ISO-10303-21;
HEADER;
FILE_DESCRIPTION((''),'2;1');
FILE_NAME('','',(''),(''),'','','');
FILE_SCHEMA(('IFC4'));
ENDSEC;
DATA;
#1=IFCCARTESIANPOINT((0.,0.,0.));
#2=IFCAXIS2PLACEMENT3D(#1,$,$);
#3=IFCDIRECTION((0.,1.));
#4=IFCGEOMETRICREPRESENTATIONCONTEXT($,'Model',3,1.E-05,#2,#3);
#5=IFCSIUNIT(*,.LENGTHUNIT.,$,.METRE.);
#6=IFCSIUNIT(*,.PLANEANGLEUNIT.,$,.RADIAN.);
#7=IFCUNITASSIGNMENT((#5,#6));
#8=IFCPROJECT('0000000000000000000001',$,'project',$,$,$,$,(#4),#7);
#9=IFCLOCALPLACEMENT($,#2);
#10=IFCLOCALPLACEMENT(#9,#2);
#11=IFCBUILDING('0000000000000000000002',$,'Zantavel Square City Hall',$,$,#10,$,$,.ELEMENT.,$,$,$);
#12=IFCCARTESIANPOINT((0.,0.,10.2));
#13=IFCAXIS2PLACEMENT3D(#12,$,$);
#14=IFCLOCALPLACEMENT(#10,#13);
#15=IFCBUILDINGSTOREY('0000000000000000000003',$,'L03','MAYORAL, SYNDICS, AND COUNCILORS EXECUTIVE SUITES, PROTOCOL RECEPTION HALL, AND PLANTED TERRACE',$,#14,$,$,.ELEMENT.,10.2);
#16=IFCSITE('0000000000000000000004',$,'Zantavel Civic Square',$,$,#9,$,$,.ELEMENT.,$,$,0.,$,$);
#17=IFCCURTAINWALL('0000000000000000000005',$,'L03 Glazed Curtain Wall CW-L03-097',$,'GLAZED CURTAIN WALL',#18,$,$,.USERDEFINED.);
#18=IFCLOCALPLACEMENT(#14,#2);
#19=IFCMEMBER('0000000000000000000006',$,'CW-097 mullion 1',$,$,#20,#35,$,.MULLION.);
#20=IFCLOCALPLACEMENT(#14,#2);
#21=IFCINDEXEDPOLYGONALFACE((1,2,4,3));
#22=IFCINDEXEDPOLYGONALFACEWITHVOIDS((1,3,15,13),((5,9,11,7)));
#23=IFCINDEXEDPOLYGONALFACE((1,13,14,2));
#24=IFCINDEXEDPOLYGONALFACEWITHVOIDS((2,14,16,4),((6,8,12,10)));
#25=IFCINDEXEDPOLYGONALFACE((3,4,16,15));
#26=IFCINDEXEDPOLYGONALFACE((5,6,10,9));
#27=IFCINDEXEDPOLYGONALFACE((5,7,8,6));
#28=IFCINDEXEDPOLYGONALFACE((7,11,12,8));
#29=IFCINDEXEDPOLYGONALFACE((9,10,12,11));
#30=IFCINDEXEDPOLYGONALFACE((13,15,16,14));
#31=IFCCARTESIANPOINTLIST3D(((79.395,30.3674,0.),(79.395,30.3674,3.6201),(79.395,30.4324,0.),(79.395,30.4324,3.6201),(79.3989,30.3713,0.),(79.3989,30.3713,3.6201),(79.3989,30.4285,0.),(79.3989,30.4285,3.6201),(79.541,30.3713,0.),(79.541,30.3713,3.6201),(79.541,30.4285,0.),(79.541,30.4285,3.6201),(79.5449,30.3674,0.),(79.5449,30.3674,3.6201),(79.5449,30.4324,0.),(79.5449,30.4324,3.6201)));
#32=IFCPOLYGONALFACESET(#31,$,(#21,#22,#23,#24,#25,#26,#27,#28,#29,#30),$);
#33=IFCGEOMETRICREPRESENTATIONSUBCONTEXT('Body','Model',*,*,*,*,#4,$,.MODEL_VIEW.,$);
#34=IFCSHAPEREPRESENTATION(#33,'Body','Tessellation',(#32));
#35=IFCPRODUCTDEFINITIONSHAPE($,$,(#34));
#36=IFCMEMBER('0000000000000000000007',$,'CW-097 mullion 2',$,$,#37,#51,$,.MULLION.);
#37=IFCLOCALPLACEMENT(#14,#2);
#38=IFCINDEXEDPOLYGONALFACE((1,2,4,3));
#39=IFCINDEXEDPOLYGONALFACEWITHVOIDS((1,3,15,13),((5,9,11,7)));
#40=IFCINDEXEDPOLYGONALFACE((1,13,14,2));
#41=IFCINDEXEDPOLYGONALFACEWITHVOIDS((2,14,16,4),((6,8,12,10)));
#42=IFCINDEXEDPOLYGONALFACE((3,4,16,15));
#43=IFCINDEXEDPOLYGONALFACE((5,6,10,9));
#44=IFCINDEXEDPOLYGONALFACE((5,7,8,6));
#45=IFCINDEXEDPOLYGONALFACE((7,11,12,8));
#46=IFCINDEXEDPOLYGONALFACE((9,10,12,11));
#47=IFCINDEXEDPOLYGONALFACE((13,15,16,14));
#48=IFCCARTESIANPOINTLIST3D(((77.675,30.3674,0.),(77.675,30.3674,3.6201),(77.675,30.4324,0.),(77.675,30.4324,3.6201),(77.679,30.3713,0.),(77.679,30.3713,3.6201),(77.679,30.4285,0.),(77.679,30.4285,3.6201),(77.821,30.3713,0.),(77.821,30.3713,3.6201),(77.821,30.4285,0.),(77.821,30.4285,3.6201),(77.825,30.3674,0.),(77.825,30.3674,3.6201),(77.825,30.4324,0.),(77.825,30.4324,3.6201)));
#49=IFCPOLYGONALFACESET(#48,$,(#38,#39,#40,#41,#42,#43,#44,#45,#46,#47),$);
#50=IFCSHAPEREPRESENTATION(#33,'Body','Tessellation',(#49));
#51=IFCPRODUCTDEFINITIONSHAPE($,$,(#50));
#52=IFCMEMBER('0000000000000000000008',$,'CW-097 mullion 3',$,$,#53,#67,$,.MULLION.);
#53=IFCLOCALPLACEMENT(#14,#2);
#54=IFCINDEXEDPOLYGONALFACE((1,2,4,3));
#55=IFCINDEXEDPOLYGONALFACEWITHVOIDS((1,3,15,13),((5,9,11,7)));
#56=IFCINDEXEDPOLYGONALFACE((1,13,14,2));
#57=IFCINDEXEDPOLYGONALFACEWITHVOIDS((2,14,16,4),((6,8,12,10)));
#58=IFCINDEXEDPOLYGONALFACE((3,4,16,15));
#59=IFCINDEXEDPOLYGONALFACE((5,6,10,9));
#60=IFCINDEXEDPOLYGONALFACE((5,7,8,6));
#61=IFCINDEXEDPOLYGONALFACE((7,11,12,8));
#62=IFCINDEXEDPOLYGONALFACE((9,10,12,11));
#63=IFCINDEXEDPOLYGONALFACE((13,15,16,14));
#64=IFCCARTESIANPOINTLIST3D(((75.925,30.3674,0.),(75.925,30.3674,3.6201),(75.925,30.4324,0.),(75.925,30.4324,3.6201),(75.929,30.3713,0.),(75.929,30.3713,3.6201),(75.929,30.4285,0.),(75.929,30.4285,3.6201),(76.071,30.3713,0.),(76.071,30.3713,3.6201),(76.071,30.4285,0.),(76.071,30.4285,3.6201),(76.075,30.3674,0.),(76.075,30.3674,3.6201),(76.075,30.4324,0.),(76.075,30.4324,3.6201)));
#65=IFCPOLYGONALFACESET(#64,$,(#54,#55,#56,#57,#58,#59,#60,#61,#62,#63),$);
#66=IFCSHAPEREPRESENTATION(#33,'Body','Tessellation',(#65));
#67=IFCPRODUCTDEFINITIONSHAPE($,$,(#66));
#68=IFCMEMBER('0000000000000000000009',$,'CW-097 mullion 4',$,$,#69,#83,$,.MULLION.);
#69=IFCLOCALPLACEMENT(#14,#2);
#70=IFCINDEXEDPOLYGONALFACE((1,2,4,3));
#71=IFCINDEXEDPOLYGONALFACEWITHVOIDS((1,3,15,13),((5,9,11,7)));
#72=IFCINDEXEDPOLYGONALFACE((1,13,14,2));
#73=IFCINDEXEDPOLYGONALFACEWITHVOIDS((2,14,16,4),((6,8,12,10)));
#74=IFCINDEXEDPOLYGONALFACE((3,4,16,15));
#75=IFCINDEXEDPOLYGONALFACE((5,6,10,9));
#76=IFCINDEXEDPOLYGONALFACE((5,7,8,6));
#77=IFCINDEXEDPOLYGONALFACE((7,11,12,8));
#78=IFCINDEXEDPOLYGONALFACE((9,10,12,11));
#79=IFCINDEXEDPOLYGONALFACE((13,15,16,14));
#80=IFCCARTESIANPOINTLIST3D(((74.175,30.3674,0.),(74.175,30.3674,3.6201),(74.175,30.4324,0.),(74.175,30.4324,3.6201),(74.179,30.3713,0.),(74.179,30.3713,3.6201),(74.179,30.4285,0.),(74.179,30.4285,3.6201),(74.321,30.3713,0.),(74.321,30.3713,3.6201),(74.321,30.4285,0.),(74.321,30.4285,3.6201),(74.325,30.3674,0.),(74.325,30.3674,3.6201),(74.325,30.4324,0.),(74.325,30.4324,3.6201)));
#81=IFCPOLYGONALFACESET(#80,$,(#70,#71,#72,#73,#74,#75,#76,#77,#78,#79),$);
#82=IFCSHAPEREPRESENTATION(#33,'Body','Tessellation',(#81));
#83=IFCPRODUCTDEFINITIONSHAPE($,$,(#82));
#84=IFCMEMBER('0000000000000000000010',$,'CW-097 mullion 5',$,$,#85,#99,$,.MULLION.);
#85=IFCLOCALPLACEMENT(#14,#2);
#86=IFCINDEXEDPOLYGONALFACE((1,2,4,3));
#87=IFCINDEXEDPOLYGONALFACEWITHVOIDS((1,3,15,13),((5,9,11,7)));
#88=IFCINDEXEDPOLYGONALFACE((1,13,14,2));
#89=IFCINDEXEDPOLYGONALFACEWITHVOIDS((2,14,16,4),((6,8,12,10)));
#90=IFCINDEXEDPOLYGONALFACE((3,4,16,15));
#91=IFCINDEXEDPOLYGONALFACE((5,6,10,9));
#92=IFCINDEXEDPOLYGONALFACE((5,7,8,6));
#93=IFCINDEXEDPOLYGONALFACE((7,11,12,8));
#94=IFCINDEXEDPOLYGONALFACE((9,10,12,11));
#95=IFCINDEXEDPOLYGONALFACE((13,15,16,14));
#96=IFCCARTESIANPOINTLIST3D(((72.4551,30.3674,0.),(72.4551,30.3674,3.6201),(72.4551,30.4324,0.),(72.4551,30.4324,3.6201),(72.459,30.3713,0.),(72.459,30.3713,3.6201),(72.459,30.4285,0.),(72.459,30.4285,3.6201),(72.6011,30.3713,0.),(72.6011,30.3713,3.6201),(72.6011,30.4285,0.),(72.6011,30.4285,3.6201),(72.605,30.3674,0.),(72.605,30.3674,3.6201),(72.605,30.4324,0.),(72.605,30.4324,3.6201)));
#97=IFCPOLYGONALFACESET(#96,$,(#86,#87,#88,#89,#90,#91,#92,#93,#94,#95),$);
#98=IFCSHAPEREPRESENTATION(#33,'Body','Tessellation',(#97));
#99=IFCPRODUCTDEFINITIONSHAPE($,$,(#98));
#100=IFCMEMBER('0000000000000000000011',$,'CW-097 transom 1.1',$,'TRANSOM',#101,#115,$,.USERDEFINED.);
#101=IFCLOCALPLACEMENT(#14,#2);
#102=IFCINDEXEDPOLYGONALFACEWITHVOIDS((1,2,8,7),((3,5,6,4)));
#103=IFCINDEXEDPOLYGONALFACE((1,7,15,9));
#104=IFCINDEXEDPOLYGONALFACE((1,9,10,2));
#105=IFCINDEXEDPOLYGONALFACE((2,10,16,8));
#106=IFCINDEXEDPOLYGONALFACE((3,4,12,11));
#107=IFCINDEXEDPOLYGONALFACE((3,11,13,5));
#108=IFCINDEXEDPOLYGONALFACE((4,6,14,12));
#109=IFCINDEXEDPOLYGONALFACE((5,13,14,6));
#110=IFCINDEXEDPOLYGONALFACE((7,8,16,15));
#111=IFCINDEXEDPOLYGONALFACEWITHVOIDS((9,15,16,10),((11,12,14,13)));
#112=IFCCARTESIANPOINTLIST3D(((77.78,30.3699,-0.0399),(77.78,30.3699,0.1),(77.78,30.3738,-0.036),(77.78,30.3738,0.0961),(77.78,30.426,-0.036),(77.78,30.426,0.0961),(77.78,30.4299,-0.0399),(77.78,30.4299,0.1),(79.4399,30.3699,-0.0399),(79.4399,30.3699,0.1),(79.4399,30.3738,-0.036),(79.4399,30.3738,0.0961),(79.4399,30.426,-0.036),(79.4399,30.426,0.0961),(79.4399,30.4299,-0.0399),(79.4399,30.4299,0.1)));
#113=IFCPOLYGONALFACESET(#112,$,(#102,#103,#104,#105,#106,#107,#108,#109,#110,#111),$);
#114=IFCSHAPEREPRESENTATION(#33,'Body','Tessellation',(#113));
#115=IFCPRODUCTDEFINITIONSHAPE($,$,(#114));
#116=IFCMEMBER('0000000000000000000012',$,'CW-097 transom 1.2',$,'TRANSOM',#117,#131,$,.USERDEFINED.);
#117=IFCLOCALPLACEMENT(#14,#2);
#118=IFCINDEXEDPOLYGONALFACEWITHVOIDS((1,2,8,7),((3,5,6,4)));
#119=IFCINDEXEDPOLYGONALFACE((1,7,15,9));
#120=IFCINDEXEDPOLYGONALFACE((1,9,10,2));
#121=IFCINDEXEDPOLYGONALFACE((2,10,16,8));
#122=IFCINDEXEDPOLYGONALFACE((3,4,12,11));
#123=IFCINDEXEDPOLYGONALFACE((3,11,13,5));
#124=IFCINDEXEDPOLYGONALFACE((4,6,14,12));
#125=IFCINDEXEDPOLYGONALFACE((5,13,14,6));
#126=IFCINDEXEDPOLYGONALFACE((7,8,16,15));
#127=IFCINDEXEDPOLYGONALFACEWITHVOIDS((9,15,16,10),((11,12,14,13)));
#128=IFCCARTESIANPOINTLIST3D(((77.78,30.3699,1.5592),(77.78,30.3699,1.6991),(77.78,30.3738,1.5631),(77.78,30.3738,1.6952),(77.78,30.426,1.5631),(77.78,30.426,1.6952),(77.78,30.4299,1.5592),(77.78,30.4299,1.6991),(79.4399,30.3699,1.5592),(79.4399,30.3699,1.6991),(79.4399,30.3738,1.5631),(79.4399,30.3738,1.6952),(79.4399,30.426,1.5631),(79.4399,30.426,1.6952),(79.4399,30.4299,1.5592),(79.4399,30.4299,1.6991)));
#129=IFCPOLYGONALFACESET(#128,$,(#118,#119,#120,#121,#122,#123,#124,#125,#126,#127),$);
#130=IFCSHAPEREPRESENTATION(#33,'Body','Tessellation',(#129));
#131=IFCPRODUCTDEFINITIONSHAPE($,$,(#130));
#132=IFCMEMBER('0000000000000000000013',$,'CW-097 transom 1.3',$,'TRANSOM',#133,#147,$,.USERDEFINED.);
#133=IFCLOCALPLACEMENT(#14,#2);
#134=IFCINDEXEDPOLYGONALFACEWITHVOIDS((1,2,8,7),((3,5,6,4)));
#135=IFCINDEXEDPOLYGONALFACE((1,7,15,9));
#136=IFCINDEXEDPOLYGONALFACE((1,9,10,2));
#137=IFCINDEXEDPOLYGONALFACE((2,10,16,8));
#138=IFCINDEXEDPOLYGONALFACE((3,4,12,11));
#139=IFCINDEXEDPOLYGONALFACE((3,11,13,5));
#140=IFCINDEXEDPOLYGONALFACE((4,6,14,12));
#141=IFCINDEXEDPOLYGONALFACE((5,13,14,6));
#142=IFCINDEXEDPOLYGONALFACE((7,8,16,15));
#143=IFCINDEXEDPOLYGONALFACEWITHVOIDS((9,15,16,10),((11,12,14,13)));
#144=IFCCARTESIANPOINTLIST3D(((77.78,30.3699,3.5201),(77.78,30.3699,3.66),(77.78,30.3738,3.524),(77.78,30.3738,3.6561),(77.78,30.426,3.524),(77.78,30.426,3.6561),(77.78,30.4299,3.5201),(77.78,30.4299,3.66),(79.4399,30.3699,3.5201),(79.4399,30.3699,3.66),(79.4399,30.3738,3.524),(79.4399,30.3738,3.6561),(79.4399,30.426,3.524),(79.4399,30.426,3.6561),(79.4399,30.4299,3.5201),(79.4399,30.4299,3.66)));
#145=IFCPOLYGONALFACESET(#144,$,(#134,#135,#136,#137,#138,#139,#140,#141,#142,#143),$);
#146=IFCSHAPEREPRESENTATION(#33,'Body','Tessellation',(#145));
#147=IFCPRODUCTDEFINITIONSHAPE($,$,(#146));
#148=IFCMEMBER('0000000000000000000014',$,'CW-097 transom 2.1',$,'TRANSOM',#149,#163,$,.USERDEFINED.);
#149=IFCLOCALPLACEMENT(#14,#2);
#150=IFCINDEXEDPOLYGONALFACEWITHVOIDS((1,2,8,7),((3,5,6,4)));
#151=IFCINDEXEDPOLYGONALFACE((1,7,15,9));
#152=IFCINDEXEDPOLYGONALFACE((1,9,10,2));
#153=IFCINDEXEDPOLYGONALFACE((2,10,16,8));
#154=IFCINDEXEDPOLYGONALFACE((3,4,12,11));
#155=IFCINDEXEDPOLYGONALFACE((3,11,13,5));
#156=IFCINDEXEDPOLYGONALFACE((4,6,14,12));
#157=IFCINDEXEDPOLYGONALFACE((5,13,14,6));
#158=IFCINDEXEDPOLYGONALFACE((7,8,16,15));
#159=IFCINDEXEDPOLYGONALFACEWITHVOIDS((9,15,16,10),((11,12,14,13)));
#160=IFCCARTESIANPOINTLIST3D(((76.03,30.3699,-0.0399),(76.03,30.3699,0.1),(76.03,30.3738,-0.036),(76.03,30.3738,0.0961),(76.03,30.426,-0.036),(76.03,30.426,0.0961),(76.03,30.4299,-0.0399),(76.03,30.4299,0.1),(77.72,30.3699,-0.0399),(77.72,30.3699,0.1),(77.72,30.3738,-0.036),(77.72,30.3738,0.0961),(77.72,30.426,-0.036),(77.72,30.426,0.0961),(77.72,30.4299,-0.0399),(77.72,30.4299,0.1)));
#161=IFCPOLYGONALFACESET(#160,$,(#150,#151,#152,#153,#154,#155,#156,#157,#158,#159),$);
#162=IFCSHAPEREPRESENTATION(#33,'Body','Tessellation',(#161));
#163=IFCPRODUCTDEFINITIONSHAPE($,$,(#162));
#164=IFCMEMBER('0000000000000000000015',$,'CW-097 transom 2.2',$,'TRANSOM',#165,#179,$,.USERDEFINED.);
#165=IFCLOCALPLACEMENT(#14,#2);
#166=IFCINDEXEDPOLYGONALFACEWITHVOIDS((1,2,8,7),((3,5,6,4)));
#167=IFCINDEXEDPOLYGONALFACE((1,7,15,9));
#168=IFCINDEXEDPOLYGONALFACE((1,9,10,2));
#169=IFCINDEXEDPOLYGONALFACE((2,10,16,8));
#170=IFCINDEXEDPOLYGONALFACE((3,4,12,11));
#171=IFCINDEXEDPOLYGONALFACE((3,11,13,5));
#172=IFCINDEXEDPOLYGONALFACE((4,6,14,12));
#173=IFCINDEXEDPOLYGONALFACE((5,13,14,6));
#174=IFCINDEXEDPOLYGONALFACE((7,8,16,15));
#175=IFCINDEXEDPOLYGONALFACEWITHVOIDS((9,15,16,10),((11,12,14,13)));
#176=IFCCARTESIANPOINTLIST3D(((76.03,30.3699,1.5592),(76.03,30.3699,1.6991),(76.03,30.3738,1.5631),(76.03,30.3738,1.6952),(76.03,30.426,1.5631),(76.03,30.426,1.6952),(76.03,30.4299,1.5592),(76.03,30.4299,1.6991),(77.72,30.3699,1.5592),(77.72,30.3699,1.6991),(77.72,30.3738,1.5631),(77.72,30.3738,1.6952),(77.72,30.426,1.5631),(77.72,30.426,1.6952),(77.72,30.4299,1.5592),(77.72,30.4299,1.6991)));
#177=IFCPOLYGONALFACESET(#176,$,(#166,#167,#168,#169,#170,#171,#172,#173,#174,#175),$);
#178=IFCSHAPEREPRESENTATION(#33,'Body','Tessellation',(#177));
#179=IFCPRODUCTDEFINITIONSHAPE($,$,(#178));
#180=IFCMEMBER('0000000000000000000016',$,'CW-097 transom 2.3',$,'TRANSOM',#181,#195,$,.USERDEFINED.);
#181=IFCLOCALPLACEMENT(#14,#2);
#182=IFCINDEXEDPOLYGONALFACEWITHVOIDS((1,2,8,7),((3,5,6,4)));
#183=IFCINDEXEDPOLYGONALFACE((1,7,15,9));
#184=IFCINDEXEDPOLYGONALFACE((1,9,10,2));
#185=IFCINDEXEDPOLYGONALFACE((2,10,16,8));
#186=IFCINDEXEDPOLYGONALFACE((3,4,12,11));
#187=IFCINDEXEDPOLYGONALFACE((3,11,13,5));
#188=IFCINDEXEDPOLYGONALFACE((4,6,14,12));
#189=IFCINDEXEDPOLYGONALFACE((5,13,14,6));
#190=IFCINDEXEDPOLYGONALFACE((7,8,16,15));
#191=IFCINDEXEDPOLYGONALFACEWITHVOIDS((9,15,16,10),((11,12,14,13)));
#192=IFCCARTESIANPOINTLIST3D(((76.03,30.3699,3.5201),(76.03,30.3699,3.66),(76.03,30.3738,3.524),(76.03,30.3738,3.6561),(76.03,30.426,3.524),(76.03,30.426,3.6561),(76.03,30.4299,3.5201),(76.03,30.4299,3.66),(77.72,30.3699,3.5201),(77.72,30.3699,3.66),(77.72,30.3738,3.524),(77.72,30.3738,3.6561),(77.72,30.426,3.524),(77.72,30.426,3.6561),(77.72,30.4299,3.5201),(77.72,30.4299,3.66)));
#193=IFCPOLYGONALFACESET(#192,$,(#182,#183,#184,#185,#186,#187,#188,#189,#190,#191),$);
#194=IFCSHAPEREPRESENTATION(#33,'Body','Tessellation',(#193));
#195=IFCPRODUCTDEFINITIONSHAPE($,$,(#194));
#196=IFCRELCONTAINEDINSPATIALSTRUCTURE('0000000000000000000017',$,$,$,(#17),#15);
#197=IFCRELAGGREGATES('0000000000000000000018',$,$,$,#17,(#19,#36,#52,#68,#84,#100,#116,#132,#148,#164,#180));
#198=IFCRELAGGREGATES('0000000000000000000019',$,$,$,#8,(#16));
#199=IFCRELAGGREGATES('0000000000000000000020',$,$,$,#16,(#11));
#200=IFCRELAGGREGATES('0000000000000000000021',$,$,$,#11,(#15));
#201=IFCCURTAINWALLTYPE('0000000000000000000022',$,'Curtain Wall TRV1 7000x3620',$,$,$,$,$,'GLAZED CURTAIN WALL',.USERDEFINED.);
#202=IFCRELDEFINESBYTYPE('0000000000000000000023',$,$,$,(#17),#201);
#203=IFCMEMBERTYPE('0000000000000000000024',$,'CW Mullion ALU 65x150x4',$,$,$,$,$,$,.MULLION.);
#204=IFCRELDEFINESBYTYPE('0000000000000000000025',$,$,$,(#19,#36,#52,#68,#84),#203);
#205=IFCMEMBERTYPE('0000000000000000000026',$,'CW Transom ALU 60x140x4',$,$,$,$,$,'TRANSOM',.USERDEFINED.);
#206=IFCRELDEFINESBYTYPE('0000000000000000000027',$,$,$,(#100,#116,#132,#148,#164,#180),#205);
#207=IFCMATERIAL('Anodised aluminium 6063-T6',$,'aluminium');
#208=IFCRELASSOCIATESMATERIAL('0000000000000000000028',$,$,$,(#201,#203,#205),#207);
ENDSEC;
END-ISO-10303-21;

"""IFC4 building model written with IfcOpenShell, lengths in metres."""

from ifc_helpers import new_model, si_unit, direction, frame, origin, origin_2d, place, context, subcontext, project, spatial, hollow_rectangle, extrude, material, material_profile, profile_set, type_object, element, aggregate, save


model = new_model("IFC4")

# Units and contexts
model_context = context("Model", 3, precision=1e-05, world=origin(), true_north=direction((0.0, 1.0)))
body_context = subcontext(model_context, "Body", "Model", "MODEL_VIEW")
ifc_project = project(units=[si_unit("LENGTHUNIT", "METRE"), si_unit("PLANEANGLEUNIT", "RADIAN")], contexts=[model_context])

# Site, building, storey
site_placement = place(None, origin())
site = spatial("IfcSite", under=ifc_project, at=site_placement, Name="Zantavel Civic Square", CompositionType="ELEMENT", RefElevation=0.0)
building_placement = place(site_placement, origin())
building = spatial("IfcBuilding", under=site, at=building_placement, Name="Zantavel Square City Hall", CompositionType="ELEMENT")
storey_placement = place(building_placement, frame((0.0, 0.0, 10.2)))
storey = spatial("IfcBuildingStorey", under=building, at=storey_placement, Name="L03", Description="MAYORAL, SYNDICS, AND COUNCILORS EXECUTIVE SUITES, PROTOCOL RECEPTION HALL, AND PLANTED TERRACE", CompositionType="ELEMENT", Elevation=10.2)

# Curtain wall, members
ifc_material_1 = material(Name="Anodised aluminium 6063-T6", Category="aluminium")
curtain_wall_type = type_object("IfcCurtainWallType", Name="Curtain Wall TRV1 7000x3620", ElementType="GLAZED CURTAIN WALL", PredefinedType="USERDEFINED", material=ifc_material_1)
curtain_wall_placement = place(storey_placement, origin())
curtain_wall = element("IfcCurtainWall", 1, at=curtain_wall_placement, inside=storey, type_object=curtain_wall_type, Name="L03 Glazed Curtain Wall CW-L03-097", ObjectType="GLAZED CURTAIN WALL", PredefinedType="USERDEFINED")
ifc_material_profile_1 = material_profile(ifc_material_1, hollow_rectangle(XDim=0.0649, YDim=0.1499, WallThickness=0.0039, at=origin_2d()), Name="ALU 65x150x4")
ifc_profile_set_1 = profile_set([ifc_material_profile_1], Name="Anodised aluminium 6063-T6")
member_type_1 = type_object("IfcMemberType", Name="CW Mullion ALU 65x150x4", PredefinedType="MULLION", material=ifc_profile_set_1)
member_1_placement = place(storey_placement, frame((79.47, 30.3999, 0.0), z_axis=(0.0, 0.0, 1.0), x_axis=(0.0, -1.0, 0.0)))
member_1 = element("IfcMember", 2, at=member_1_placement, type_object=member_type_1, Name="CW-097 mullion 1", PredefinedType="MULLION", context=body_context, shape_type="SweptSolid", body=[
    extrude(hollow_rectangle(XDim=0.0649, YDim=0.1499, WallThickness=0.0039, at=origin_2d()), origin(), (0.0, 0.0, 1.0), 3.6201),
])
member_2_placement = place(storey_placement, frame((77.75, 30.3999, 0.0), z_axis=(0.0, 0.0, 1.0), x_axis=(0.0, -1.0, 0.0)))
member_2 = element("IfcMember", 3, at=member_2_placement, type_object=member_type_1, Name="CW-097 mullion 2", PredefinedType="MULLION", context=body_context, shape_type="SweptSolid", body=[
    extrude(hollow_rectangle(XDim=0.0649, YDim=0.1499, WallThickness=0.0039, at=origin_2d()), origin(), (0.0, 0.0, 1.0), 3.6201),
])
member_3_placement = place(storey_placement, frame((76.0, 30.3999, 0.0), z_axis=(0.0, 0.0, 1.0), x_axis=(0.0, -1.0, 0.0)))
member_3 = element("IfcMember", 4, at=member_3_placement, type_object=member_type_1, Name="CW-097 mullion 3", PredefinedType="MULLION", context=body_context, shape_type="SweptSolid", body=[
    extrude(hollow_rectangle(XDim=0.0649, YDim=0.1499, WallThickness=0.0039, at=origin_2d()), origin(), (0.0, 0.0, 1.0), 3.6201),
])
member_4_placement = place(storey_placement, frame((74.25, 30.3999, 0.0), z_axis=(0.0, 0.0, 1.0), x_axis=(0.0, -1.0, 0.0)))
member_4 = element("IfcMember", 5, at=member_4_placement, type_object=member_type_1, Name="CW-097 mullion 4", PredefinedType="MULLION", context=body_context, shape_type="SweptSolid", body=[
    extrude(hollow_rectangle(XDim=0.0649, YDim=0.1499, WallThickness=0.0039, at=origin_2d()), origin(), (0.0, 0.0, 1.0), 3.6201),
])
member_5_placement = place(storey_placement, frame((72.53, 30.3999, 0.0), z_axis=(0.0, 0.0, 1.0), x_axis=(0.0, -1.0, 0.0)))
member_5 = element("IfcMember", 6, at=member_5_placement, type_object=member_type_1, Name="CW-097 mullion 5", PredefinedType="MULLION", context=body_context, shape_type="SweptSolid", body=[
    extrude(hollow_rectangle(XDim=0.0649, YDim=0.1499, WallThickness=0.0039, at=origin_2d()), origin(), (0.0, 0.0, 1.0), 3.6201),
])
ifc_material_profile_2 = material_profile(ifc_material_1, hollow_rectangle(XDim=0.0601, YDim=0.1399, WallThickness=0.0039, at=origin_2d()), Name="ALU 60x140x4")
ifc_profile_set_2 = profile_set([ifc_material_profile_2], Name="Anodised aluminium 6063-T6")
member_type_2 = type_object("IfcMemberType", Name="CW Transom ALU 60x140x4", ElementType="TRANSOM", PredefinedType="USERDEFINED", material=ifc_profile_set_2)
member_6_placement = place(storey_placement, frame((79.4399, 30.3999, 0.03), z_axis=(-1.0, 0.0, 0.0), x_axis=(0.0, -1.0, 0.0)))
member_6 = element("IfcMember", 7, at=member_6_placement, type_object=member_type_2, Name="CW-097 transom 1.1", ObjectType="TRANSOM", PredefinedType="USERDEFINED", context=body_context, shape_type="SweptSolid", body=[
    extrude(hollow_rectangle(XDim=0.0601, YDim=0.1399, WallThickness=0.0039, at=origin_2d()), origin(), (0.0, 0.0, 1.0), 1.6599),
])
member_7_placement = place(storey_placement, frame((79.4399, 30.3999, 1.6292), z_axis=(-1.0, 0.0, 0.0), x_axis=(0.0, -1.0, 0.0)))
member_7 = element("IfcMember", 8, at=member_7_placement, type_object=member_type_2, Name="CW-097 transom 1.2", ObjectType="TRANSOM", PredefinedType="USERDEFINED", context=body_context, shape_type="SweptSolid", body=[
    extrude(hollow_rectangle(XDim=0.0601, YDim=0.1399, WallThickness=0.0039, at=origin_2d()), origin(), (0.0, 0.0, 1.0), 1.6599),
])
member_8_placement = place(storey_placement, frame((79.4399, 30.3999, 3.5901), z_axis=(-1.0, 0.0, 0.0), x_axis=(0.0, -1.0, 0.0)))
member_8 = element("IfcMember", 9, at=member_8_placement, type_object=member_type_2, Name="CW-097 transom 1.3", ObjectType="TRANSOM", PredefinedType="USERDEFINED", context=body_context, shape_type="SweptSolid", body=[
    extrude(hollow_rectangle(XDim=0.0601, YDim=0.1399, WallThickness=0.0039, at=origin_2d()), origin(), (0.0, 0.0, 1.0), 1.6599),
])
member_9_placement = place(storey_placement, frame((77.72, 30.3999, 0.03), z_axis=(-1.0, 0.0, 0.0), x_axis=(0.0, -1.0, 0.0)))
member_9 = element("IfcMember", 10, at=member_9_placement, type_object=member_type_2, Name="CW-097 transom 2.1", ObjectType="TRANSOM", PredefinedType="USERDEFINED", context=body_context, shape_type="SweptSolid", body=[
    extrude(hollow_rectangle(XDim=0.0601, YDim=0.1399, WallThickness=0.0039, at=origin_2d()), origin(), (0.0, 0.0, 1.0), 1.6899),
])
member_10_placement = place(storey_placement, frame((77.72, 30.3999, 1.6292), z_axis=(-1.0, 0.0, 0.0), x_axis=(0.0, -1.0, 0.0)))
member_10 = element("IfcMember", 11, at=member_10_placement, type_object=member_type_2, Name="CW-097 transom 2.2", ObjectType="TRANSOM", PredefinedType="USERDEFINED", context=body_context, shape_type="SweptSolid", body=[
    extrude(hollow_rectangle(XDim=0.0601, YDim=0.1399, WallThickness=0.0039, at=origin_2d()), origin(), (0.0, 0.0, 1.0), 1.6899),
])
member_11_placement = place(storey_placement, frame((77.72, 30.3999, 3.5901), z_axis=(-1.0, 0.0, 0.0), x_axis=(0.0, -1.0, 0.0)))
member_11 = element("IfcMember", 12, at=member_11_placement, type_object=member_type_2, Name="CW-097 transom 2.3", ObjectType="TRANSOM", PredefinedType="USERDEFINED", context=body_context, shape_type="SweptSolid", body=[
    extrude(hollow_rectangle(XDim=0.0601, YDim=0.1399, WallThickness=0.0039, at=origin_2d()), origin(), (0.0, 0.0, 1.0), 1.6899),
])

aggregate(curtain_wall, [member_1, member_2, member_3, member_4, member_5, member_6, member_7, member_8, member_9, member_10, member_11])

save(model, "model.ifc")
